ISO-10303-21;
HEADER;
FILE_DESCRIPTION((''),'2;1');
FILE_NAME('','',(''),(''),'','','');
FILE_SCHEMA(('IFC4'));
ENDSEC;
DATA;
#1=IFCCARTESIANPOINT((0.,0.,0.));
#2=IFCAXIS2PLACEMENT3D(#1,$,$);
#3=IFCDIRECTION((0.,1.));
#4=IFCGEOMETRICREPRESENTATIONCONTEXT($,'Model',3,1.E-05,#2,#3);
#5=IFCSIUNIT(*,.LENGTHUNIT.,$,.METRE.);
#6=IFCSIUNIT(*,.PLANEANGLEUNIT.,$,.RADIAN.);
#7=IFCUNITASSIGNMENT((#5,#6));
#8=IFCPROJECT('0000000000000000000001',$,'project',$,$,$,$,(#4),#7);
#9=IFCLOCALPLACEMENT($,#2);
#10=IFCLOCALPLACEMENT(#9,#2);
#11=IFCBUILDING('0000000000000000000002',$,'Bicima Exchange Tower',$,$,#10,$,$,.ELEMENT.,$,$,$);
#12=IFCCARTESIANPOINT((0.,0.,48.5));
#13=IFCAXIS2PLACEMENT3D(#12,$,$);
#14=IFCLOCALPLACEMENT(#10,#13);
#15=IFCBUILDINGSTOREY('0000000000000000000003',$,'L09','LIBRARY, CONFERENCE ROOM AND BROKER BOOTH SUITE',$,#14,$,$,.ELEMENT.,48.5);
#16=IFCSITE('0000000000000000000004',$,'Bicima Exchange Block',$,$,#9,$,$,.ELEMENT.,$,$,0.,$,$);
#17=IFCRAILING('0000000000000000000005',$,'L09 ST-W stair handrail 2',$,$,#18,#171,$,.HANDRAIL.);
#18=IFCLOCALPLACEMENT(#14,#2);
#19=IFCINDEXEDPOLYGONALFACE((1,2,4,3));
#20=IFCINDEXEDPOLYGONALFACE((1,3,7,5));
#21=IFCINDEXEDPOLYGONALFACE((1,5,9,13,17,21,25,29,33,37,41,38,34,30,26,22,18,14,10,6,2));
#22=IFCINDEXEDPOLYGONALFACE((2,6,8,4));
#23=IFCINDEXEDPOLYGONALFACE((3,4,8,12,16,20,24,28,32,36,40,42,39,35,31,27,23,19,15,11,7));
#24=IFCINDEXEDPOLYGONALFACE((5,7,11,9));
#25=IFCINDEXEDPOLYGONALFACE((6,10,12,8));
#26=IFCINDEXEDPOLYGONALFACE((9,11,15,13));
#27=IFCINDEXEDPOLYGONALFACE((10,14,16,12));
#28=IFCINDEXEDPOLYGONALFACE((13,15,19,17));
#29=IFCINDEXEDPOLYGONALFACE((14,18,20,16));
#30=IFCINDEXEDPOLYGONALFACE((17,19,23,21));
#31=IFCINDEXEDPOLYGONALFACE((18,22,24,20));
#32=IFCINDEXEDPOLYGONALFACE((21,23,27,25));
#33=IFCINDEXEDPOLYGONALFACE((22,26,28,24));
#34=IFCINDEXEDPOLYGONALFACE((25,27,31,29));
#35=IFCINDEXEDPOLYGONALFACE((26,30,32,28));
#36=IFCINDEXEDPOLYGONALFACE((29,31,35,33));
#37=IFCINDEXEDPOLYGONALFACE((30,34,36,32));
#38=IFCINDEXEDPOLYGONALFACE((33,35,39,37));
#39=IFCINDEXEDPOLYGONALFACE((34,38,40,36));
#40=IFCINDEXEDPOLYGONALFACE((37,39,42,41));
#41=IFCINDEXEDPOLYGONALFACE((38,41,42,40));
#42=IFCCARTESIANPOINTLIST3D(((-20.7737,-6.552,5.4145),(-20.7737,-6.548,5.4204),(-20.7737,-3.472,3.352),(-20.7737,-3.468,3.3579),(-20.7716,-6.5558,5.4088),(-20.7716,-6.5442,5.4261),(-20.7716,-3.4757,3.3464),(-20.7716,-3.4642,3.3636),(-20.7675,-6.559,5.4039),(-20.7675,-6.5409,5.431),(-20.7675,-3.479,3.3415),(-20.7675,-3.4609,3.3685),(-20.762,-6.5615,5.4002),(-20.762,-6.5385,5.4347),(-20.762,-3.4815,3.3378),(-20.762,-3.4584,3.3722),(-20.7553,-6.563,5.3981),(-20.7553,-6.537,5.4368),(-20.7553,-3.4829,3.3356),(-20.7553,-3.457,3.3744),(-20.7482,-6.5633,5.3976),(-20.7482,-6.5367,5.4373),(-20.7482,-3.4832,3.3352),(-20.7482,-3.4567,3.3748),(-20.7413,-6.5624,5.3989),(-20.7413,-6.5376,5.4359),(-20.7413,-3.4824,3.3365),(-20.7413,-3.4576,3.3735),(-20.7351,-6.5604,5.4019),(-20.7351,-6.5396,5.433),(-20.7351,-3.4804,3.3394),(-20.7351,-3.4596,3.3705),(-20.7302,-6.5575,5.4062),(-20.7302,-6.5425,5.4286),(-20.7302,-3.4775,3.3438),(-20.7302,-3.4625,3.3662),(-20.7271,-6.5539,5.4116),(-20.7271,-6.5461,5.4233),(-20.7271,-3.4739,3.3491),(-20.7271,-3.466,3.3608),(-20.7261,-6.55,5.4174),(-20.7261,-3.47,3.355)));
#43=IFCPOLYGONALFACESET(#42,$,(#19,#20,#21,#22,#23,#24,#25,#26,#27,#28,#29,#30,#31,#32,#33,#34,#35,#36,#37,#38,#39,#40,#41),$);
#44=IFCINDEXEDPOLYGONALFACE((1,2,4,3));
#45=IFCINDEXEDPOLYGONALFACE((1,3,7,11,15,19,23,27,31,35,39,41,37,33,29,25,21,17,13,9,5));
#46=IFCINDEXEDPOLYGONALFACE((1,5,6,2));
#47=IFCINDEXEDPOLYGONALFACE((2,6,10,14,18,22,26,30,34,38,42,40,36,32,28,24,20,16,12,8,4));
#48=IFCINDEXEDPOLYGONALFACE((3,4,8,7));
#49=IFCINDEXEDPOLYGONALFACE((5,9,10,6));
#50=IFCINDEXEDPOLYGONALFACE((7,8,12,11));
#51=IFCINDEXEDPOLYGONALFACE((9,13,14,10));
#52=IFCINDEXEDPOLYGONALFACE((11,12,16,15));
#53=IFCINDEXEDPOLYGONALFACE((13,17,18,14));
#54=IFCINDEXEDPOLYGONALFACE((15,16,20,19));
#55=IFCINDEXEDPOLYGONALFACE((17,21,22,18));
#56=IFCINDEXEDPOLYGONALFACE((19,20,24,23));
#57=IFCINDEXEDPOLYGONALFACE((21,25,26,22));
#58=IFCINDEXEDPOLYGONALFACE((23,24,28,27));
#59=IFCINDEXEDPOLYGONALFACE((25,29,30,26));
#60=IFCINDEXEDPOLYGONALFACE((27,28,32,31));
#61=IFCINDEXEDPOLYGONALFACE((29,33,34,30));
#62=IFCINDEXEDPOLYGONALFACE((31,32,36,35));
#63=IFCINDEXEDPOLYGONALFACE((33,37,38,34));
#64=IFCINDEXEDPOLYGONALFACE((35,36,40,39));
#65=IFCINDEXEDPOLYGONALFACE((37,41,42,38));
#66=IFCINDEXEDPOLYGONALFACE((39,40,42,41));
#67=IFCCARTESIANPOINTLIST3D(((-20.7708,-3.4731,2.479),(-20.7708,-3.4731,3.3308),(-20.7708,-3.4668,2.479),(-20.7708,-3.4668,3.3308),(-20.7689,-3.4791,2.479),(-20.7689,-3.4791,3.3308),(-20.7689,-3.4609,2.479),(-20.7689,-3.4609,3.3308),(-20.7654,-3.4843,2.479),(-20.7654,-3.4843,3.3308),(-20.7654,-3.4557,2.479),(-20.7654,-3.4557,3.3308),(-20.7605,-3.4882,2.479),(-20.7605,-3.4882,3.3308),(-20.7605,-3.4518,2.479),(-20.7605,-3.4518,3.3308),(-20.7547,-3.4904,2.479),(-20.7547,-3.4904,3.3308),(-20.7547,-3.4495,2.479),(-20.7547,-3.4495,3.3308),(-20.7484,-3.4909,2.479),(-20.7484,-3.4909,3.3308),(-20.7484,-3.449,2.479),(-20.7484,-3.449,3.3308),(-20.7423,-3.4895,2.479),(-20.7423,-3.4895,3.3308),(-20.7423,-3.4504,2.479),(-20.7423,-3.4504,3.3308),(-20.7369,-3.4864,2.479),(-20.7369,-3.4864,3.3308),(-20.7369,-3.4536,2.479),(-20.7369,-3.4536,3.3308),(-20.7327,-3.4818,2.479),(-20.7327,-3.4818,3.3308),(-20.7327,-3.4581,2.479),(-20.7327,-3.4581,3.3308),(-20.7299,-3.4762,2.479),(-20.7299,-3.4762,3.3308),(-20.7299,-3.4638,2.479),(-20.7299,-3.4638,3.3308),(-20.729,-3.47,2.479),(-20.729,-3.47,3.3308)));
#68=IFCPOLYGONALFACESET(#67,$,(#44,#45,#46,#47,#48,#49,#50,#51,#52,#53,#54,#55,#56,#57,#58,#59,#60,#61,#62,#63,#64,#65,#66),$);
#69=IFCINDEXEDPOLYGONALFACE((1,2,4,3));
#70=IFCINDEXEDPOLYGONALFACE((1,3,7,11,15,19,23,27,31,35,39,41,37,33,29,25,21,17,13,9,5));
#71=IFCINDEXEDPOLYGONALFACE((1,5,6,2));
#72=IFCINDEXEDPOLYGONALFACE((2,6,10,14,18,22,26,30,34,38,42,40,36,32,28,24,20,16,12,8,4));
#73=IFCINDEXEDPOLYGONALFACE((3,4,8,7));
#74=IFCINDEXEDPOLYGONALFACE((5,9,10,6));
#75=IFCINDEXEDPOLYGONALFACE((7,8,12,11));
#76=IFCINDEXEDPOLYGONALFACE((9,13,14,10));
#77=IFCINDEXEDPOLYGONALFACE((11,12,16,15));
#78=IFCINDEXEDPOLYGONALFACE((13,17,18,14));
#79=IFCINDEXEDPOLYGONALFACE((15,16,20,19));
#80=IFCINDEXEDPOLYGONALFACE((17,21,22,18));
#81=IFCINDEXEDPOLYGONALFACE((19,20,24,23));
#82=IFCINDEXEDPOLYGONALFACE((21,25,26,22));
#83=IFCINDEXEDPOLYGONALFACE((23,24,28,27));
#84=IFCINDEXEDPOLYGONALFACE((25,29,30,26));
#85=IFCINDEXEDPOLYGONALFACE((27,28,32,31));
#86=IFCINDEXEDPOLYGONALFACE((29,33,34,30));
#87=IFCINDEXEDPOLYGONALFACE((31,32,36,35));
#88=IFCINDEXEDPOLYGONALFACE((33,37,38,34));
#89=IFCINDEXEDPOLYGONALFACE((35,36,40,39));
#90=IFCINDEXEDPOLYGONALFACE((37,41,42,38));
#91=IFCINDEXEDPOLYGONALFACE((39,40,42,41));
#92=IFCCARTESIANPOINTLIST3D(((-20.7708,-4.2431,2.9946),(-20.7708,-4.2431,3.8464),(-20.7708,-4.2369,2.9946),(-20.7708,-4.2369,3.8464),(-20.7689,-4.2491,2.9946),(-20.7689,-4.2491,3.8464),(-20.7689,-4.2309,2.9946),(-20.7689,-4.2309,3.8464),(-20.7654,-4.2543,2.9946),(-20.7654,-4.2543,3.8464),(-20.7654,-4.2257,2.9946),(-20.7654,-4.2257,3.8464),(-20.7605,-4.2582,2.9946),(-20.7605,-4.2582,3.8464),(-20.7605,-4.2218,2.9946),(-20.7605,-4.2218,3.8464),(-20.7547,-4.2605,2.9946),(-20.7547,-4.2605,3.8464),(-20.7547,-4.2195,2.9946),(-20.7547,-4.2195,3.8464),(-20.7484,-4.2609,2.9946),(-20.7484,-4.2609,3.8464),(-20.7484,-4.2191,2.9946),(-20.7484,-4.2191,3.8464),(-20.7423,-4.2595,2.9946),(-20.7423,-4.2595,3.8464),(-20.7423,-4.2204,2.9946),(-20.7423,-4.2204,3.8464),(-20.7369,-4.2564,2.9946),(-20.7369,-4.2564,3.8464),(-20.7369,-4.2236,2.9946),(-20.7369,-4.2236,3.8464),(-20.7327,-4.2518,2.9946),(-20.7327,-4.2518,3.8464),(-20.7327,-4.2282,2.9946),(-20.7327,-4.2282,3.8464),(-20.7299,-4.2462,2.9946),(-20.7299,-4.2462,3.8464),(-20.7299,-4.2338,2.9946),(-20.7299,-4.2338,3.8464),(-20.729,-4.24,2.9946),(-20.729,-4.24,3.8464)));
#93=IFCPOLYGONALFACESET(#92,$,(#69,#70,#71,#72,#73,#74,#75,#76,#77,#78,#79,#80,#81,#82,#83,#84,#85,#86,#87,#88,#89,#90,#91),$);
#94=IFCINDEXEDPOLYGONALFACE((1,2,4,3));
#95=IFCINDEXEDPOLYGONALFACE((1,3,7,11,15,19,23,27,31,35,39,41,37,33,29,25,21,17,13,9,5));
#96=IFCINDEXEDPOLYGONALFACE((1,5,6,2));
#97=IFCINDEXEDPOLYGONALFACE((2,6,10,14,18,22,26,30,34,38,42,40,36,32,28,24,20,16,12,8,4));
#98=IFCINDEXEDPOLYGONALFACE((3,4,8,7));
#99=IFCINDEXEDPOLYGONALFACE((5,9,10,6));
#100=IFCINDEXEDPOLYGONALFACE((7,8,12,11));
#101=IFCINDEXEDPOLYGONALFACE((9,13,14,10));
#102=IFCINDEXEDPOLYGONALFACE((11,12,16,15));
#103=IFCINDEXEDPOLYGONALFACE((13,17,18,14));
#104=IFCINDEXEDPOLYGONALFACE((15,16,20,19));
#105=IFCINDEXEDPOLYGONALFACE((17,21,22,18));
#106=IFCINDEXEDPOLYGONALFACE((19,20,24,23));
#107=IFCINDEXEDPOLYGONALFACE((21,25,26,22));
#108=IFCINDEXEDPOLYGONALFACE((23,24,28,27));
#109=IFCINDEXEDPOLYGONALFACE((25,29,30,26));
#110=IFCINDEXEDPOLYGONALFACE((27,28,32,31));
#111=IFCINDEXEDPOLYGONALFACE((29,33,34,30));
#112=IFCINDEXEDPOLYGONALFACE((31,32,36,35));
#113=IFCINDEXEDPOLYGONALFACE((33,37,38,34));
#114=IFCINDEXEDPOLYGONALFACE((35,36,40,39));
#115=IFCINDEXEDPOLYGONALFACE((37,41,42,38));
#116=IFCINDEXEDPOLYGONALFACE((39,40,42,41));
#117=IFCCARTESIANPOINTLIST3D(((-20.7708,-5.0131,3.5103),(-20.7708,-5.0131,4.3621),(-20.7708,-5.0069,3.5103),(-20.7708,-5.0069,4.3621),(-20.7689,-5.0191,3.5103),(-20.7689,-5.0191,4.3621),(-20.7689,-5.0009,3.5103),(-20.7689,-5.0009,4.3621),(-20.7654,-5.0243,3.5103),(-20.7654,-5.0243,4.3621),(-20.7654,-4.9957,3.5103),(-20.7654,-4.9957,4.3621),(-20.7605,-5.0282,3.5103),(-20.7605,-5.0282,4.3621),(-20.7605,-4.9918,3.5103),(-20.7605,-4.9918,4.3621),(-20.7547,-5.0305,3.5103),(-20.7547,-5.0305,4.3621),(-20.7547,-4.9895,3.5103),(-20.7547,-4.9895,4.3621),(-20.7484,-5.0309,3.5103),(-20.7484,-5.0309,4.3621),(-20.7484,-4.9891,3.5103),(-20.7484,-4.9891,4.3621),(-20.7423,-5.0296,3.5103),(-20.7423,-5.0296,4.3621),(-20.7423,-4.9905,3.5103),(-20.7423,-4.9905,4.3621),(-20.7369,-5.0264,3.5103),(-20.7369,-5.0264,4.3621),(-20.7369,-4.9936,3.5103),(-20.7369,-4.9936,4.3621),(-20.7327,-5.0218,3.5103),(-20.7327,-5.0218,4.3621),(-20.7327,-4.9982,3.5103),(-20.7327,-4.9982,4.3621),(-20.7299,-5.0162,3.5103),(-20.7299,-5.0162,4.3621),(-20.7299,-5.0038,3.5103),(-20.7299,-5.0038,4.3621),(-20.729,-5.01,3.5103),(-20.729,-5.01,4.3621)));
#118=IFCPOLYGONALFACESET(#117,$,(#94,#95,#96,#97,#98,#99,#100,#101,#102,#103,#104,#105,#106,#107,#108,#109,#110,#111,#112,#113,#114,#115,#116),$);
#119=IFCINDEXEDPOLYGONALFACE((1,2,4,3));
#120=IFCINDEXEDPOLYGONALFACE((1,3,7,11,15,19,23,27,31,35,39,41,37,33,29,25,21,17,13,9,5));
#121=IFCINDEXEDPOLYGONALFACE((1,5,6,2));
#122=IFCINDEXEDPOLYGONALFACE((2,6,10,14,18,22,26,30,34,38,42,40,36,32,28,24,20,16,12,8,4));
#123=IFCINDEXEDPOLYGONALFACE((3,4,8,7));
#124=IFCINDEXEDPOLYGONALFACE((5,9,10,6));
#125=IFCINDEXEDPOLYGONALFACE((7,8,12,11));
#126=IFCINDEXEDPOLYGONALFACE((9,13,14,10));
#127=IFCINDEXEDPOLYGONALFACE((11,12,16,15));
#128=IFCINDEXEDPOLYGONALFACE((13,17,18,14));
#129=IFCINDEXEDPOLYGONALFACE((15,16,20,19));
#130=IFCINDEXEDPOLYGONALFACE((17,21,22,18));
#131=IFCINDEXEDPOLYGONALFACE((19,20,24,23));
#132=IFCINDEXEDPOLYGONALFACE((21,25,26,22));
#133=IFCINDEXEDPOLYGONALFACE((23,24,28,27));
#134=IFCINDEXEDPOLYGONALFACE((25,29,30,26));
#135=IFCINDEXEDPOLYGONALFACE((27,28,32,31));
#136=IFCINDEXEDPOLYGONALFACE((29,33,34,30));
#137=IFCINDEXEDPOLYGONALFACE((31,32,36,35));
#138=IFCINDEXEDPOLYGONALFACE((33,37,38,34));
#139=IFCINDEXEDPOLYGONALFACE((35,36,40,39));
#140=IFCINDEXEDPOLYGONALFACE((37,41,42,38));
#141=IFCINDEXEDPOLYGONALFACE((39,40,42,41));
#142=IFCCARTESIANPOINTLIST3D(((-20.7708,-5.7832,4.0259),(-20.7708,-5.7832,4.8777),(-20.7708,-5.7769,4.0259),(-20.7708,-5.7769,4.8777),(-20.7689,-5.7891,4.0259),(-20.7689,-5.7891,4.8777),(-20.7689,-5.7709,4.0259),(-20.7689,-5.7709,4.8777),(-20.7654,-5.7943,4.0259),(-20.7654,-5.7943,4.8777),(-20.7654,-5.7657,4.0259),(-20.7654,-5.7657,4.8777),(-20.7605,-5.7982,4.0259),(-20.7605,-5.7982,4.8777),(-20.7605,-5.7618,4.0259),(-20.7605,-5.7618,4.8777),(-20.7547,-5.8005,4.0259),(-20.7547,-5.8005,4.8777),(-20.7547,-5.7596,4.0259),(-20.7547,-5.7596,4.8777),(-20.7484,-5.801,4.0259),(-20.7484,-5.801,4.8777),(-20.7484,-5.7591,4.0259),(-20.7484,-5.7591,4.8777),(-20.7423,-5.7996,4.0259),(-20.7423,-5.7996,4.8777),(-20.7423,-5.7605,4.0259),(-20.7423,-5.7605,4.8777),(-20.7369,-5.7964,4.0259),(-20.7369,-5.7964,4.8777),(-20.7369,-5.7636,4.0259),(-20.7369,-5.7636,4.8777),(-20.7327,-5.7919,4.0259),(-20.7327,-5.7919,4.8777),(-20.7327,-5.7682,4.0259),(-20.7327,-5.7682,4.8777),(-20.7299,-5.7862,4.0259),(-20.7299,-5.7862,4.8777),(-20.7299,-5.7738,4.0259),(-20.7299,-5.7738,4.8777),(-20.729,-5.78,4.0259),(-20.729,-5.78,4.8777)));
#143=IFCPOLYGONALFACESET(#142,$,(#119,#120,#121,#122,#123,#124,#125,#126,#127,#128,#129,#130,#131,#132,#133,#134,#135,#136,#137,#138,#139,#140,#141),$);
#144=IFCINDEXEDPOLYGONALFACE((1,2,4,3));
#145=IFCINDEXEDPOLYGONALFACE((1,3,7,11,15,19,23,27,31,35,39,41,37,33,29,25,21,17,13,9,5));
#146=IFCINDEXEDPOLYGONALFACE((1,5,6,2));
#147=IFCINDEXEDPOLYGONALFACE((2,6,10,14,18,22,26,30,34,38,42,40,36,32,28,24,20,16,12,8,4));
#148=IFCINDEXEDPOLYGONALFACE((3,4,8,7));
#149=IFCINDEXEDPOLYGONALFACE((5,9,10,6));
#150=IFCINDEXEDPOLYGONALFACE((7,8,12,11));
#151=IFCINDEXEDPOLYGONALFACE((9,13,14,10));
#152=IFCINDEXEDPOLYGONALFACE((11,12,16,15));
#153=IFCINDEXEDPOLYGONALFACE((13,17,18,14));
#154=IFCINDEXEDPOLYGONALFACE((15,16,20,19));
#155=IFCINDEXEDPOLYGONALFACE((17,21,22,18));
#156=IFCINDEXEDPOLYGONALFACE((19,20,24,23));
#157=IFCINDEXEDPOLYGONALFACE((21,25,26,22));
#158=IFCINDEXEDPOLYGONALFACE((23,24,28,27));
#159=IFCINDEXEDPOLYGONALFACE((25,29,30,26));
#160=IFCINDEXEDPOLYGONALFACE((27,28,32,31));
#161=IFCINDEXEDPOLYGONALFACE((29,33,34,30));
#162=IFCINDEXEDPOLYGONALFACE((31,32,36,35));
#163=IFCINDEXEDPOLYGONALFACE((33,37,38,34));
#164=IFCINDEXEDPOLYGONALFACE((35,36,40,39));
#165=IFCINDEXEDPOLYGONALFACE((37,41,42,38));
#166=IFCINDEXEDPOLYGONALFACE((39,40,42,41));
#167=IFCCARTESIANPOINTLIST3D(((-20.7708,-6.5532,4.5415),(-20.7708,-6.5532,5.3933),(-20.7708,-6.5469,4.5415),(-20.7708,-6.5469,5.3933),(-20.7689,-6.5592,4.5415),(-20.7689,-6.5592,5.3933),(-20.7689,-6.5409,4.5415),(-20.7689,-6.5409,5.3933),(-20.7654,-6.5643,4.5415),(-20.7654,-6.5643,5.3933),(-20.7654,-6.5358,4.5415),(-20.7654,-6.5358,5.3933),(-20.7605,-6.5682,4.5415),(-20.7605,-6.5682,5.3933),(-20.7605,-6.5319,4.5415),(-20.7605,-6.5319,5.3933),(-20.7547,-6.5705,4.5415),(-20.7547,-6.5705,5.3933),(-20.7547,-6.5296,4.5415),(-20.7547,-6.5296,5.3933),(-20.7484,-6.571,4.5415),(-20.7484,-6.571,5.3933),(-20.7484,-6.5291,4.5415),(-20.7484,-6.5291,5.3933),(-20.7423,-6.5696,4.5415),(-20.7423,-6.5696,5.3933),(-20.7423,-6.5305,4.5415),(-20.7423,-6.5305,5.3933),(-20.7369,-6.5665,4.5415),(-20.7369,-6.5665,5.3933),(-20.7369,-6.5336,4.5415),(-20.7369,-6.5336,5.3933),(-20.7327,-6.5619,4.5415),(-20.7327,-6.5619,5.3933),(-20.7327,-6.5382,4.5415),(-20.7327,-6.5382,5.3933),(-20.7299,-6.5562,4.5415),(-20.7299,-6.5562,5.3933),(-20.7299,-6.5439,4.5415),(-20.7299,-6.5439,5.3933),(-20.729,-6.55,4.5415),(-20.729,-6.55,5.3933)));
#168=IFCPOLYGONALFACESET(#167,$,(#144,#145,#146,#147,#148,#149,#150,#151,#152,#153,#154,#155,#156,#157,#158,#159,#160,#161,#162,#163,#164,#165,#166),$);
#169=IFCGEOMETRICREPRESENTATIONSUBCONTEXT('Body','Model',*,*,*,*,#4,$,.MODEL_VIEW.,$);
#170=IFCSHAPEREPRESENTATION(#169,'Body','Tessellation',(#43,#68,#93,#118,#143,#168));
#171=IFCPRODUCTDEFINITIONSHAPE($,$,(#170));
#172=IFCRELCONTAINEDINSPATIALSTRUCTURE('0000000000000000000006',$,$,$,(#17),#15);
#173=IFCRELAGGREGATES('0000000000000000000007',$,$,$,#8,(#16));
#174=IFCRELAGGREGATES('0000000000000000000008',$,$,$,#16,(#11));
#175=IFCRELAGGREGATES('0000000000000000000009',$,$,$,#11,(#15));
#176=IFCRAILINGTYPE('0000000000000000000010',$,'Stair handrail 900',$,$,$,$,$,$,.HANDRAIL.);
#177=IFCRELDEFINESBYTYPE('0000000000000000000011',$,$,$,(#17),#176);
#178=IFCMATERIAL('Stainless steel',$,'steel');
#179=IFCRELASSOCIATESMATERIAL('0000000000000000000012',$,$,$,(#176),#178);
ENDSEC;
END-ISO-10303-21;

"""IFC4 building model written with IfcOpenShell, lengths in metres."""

from ifc_helpers import new_model, si_unit, direction, frame, origin, origin_2d, place, context, subcontext, project, spatial, circle, extrude, material, type_object, element, save


model = new_model("IFC4")

# Units and contexts
model_context = context("Model", 3, precision=1e-05, world=origin(), true_north=direction((0.0, 1.0)))
body_context = subcontext(model_context, "Body", "Model", "MODEL_VIEW")
ifc_project = project(units=[si_unit("LENGTHUNIT", "METRE"), si_unit("PLANEANGLEUNIT", "RADIAN")], contexts=[model_context])

# Site, building, storey
site_placement = place(None, origin())
site = spatial("IfcSite", under=ifc_project, at=site_placement, Name="Bicima Exchange Block", CompositionType="ELEMENT", RefElevation=0.0)
building_placement = place(site_placement, origin())
building = spatial("IfcBuilding", under=site, at=building_placement, Name="Bicima Exchange Tower", CompositionType="ELEMENT")
storey_placement = place(building_placement, frame((0.0, 0.0, 48.5)))
storey = spatial("IfcBuildingStorey", under=building, at=storey_placement, Name="L09", Description="LIBRARY, CONFERENCE ROOM AND BROKER BOOTH SUITE", CompositionType="ELEMENT", Elevation=48.5)

# Shared definitions
ifc_material_1 = material(Name="Stainless steel", Category="steel")

# Railing
railing_type_1 = type_object("IfcRailingType", Name="Stair handrail 900", PredefinedType="HANDRAIL", material=ifc_material_1)
railing_1_placement = place(storey_placement, frame((-20.75, -3.47, 2.479)))
element("IfcRailing", 1, at=railing_1_placement, inside=storey, type_object=railing_type_1, Name="L09 ST-W stair handrail 2", PredefinedType="HANDRAIL", context=body_context, shape_type="SweptSolid", body=[
    extrude(circle(Radius=0.0239, at=origin_2d()), frame((0.0, 0.0, 0.876), z_axis=(0.0, -0.830914, 0.556401), x_axis=(1.0, 0.0, 0.0)), (0.0, 0.0, 1.0), 3.7068),
    extrude(circle(Radius=0.021, at=origin_2d()), origin(), (0.0, 0.0, 1.0), 0.8518),
    extrude(circle(Radius=0.021, at=origin_2d()), frame((0.0, -0.77, 0.5156)), (0.0, 0.0, 1.0), 0.8518),
    extrude(circle(Radius=0.021, at=origin_2d()), frame((0.0, -1.54, 1.0312)), (0.0, 0.0, 1.0), 0.8518),
    extrude(circle(Radius=0.021, at=origin_2d()), frame((0.0, -2.3101, 1.5469)), (0.0, 0.0, 1.0), 0.8518),
    extrude(circle(Radius=0.021, at=origin_2d()), frame((0.0, -3.0801, 2.0625)), (0.0, 0.0, 1.0), 0.8518),
])

save(model, "model.ifc")
